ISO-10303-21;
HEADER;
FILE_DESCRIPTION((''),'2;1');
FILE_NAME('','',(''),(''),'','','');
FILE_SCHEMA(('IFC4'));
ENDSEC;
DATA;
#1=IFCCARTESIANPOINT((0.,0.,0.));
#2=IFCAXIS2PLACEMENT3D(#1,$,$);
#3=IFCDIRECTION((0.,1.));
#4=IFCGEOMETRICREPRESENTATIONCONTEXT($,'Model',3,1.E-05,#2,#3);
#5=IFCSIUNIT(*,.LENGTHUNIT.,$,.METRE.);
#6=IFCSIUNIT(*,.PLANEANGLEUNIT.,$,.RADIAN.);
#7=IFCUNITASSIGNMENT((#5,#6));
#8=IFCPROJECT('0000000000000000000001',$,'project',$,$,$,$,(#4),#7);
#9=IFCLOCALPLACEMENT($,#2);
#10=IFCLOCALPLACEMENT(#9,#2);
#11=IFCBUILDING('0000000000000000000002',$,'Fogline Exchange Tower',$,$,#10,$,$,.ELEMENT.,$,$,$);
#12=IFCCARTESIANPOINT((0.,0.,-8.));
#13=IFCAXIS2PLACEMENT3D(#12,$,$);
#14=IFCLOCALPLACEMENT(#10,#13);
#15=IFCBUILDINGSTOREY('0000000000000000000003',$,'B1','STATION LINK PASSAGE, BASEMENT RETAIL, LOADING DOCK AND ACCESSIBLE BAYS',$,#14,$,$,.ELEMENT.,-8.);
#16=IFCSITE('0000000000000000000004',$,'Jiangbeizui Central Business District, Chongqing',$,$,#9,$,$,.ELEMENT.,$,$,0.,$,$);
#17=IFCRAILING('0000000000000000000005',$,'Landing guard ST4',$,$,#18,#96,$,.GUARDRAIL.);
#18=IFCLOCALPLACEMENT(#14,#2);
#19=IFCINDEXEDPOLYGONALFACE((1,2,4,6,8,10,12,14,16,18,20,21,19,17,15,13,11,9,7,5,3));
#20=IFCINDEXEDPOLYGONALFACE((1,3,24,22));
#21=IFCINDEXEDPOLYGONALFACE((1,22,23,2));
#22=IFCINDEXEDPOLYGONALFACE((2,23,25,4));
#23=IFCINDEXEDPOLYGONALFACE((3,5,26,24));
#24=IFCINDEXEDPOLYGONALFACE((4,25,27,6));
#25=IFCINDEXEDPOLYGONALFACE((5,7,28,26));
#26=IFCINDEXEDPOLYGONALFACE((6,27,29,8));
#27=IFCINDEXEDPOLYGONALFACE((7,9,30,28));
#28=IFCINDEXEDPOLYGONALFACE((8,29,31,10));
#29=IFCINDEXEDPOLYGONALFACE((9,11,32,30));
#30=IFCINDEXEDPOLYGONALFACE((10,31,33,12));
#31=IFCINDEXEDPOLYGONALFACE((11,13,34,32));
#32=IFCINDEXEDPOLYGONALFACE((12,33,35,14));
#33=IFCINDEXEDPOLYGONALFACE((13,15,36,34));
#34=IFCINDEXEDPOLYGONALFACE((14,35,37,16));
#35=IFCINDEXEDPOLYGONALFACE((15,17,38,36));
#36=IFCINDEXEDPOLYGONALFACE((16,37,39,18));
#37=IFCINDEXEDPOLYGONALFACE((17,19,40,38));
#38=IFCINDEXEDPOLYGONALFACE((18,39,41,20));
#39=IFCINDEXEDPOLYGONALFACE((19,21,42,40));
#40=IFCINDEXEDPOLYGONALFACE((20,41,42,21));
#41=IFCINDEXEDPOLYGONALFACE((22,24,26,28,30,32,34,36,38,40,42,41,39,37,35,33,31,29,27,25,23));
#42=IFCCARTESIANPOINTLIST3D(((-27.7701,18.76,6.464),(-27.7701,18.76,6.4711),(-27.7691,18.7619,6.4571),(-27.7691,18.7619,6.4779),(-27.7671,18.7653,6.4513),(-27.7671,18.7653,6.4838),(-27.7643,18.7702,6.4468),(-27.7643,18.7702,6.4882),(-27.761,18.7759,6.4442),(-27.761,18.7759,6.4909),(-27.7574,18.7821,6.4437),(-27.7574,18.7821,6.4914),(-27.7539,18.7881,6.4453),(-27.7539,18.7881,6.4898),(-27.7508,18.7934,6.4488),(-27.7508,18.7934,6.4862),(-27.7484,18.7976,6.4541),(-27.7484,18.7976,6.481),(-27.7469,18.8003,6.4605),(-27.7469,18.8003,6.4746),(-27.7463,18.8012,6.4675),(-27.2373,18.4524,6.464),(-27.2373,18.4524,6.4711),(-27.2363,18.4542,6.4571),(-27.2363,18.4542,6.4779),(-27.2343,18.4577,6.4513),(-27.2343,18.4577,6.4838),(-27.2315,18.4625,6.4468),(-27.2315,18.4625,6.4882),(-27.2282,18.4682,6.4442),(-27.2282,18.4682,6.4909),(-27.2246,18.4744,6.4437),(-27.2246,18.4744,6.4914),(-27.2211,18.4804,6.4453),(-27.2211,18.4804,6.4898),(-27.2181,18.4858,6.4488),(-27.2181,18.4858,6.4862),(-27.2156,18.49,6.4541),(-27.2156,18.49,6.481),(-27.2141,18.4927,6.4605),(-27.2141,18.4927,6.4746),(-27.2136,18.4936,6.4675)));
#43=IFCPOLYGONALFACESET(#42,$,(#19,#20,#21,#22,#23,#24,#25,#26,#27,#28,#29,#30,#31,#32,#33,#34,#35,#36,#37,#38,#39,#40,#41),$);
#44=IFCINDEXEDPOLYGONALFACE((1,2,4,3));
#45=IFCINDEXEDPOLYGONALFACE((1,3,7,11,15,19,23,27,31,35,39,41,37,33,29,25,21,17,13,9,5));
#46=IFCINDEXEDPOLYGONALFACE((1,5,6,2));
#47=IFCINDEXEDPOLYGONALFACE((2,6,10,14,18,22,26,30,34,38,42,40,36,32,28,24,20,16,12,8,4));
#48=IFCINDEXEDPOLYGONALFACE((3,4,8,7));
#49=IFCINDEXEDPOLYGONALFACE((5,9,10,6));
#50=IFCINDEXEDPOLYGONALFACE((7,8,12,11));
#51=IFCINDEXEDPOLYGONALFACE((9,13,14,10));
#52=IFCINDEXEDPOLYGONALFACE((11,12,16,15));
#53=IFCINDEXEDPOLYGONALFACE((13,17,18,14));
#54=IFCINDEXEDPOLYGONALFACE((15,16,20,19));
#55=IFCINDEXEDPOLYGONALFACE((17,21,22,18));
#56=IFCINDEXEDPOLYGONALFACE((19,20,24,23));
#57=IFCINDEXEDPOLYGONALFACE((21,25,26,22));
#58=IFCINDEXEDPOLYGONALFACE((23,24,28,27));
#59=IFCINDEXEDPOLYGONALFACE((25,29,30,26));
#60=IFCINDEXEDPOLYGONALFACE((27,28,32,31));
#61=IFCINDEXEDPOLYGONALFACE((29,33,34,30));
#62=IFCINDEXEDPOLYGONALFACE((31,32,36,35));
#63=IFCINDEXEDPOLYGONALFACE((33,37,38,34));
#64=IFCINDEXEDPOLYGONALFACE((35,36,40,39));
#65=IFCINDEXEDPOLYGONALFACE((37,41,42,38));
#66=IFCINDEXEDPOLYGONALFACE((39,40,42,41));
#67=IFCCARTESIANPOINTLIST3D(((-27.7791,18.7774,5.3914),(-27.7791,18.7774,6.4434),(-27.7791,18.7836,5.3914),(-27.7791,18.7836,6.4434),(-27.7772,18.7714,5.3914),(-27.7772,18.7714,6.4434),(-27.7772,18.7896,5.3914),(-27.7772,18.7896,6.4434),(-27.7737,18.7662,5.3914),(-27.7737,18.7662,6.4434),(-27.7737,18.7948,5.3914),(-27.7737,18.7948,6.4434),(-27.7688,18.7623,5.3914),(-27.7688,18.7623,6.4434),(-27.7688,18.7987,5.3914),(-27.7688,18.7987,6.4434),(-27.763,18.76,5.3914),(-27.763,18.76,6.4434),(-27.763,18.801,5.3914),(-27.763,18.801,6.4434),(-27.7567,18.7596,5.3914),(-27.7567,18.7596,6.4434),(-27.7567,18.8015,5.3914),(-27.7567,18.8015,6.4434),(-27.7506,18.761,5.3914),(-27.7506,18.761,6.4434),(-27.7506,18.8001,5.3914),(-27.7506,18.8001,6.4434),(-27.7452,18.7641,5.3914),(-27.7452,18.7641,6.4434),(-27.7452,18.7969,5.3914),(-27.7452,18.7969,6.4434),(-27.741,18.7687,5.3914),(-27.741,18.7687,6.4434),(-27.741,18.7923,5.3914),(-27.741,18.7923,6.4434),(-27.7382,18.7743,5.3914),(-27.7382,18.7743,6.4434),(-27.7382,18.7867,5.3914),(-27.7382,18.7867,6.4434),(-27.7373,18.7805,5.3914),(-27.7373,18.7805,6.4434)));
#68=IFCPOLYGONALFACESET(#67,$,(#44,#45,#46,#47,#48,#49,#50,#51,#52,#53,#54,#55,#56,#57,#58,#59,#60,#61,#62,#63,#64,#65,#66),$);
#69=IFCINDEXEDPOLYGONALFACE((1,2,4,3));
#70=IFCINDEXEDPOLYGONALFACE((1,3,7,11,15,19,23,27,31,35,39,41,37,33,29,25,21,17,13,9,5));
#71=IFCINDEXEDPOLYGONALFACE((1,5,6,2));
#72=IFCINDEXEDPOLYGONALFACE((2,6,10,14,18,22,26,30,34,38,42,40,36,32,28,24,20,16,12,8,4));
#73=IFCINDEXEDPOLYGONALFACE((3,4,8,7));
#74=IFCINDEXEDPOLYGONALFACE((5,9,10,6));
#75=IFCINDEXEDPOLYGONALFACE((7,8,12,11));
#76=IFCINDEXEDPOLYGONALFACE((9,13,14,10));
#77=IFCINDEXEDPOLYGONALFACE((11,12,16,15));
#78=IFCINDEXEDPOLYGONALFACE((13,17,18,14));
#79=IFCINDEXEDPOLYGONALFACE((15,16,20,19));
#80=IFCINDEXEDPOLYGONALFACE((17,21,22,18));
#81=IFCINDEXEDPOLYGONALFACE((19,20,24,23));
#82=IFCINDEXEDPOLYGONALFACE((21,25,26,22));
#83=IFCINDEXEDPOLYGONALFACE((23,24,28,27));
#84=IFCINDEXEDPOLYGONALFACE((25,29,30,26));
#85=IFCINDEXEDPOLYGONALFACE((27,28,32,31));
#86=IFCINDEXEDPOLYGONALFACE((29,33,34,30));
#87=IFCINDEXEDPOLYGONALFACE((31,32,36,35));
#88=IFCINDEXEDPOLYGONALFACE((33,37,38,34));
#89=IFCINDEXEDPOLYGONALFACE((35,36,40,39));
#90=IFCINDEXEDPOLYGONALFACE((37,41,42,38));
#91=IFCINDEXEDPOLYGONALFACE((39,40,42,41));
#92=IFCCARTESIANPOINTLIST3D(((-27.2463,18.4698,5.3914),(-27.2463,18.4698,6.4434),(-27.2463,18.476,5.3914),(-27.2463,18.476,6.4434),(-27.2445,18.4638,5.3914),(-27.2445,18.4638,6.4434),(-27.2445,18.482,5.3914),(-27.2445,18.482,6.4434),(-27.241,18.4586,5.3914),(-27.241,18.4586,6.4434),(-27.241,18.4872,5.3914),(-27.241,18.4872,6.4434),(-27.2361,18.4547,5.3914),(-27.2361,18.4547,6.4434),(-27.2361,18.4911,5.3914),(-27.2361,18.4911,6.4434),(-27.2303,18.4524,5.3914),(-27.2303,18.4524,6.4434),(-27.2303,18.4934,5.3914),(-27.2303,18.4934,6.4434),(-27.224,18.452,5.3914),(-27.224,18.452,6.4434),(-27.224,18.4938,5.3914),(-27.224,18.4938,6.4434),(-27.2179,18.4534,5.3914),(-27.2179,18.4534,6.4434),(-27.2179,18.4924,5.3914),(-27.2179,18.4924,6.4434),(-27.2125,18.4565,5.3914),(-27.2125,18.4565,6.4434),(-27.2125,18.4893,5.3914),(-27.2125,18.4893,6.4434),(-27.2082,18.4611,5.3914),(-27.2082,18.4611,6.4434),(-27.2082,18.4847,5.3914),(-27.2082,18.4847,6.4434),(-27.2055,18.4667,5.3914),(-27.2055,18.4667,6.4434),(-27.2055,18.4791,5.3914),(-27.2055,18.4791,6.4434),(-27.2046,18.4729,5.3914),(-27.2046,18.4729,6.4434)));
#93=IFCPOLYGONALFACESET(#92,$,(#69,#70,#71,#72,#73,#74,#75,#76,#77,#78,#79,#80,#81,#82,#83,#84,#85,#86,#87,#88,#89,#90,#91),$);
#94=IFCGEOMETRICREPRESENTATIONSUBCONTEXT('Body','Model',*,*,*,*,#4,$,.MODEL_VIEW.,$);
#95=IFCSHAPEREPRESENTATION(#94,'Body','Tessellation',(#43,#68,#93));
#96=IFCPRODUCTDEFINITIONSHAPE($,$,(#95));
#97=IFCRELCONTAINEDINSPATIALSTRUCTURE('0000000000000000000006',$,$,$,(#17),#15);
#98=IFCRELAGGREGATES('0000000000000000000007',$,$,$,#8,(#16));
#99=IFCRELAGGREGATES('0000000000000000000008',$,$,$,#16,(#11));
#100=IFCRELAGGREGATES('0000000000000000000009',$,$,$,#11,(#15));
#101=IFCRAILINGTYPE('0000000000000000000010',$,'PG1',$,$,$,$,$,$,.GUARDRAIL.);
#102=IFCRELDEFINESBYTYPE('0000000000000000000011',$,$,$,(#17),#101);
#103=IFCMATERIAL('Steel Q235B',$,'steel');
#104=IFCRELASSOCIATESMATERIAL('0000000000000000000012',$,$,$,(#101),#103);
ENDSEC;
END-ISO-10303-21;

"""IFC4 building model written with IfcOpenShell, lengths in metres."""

from ifc_helpers import new_model, si_unit, direction, frame, origin, origin_2d, place, context, subcontext, project, spatial, circle, extrude, material, type_object, element, save


model = new_model("IFC4")

# Units and contexts
model_context = context("Model", 3, precision=1e-05, world=origin(), true_north=direction((0.0, 1.0)))
body_context = subcontext(model_context, "Body", "Model", "MODEL_VIEW")
ifc_project = project(units=[si_unit("LENGTHUNIT", "METRE"), si_unit("PLANEANGLEUNIT", "RADIAN")], contexts=[model_context])

# Site, building, storey
site_placement = place(None, origin())
site = spatial("IfcSite", under=ifc_project, at=site_placement, Name="Jiangbeizui Central Business District, Chongqing", CompositionType="ELEMENT", RefElevation=0.0)
building_placement = place(site_placement, origin())
building = spatial("IfcBuilding", under=site, at=building_placement, Name="Fogline Exchange Tower", CompositionType="ELEMENT")
storey_placement = place(building_placement, frame((0.0, 0.0, -8.0)))
storey = spatial("IfcBuildingStorey", under=building, at=storey_placement, Name="B1", Description="STATION LINK PASSAGE, BASEMENT RETAIL, LOADING DOCK AND ACCESSIBLE BAYS", CompositionType="ELEMENT", Elevation=-8.0)

# Shared definitions
ifc_material_1 = material(Name="Steel Q235B", Category="steel")

# Railing
railing_type_1 = type_object("IfcRailingType", Name="PG1", PredefinedType="GUARDRAIL", material=ifc_material_1)
railing_1_placement = place(storey_placement, frame((-27.7583, 18.7805, 5.3914)))
element("IfcRailing", 1, at=railing_1_placement, inside=storey, type_object=railing_type_1, Name="Landing guard ST4", PredefinedType="GUARDRAIL", context=body_context, shape_type="SweptSolid", body=[
    extrude(circle(Radius=0.0239, at=origin_2d()), frame((0.0, 0.0, 1.0762), z_axis=(0.865987, -0.500066, 0.0), x_axis=(0.500066, 0.865987, 0.0)), (0.0, 0.0, 1.0), 0.6152),
    extrude(circle(Radius=0.021, at=origin_2d()), origin(), (0.0, 0.0, 1.0), 1.052),
    extrude(circle(Radius=0.021, at=origin_2d()), frame((0.5327, -0.3076, 0.0)), (0.0, 0.0, 1.0), 1.052),
])

save(model, "model.ifc")
